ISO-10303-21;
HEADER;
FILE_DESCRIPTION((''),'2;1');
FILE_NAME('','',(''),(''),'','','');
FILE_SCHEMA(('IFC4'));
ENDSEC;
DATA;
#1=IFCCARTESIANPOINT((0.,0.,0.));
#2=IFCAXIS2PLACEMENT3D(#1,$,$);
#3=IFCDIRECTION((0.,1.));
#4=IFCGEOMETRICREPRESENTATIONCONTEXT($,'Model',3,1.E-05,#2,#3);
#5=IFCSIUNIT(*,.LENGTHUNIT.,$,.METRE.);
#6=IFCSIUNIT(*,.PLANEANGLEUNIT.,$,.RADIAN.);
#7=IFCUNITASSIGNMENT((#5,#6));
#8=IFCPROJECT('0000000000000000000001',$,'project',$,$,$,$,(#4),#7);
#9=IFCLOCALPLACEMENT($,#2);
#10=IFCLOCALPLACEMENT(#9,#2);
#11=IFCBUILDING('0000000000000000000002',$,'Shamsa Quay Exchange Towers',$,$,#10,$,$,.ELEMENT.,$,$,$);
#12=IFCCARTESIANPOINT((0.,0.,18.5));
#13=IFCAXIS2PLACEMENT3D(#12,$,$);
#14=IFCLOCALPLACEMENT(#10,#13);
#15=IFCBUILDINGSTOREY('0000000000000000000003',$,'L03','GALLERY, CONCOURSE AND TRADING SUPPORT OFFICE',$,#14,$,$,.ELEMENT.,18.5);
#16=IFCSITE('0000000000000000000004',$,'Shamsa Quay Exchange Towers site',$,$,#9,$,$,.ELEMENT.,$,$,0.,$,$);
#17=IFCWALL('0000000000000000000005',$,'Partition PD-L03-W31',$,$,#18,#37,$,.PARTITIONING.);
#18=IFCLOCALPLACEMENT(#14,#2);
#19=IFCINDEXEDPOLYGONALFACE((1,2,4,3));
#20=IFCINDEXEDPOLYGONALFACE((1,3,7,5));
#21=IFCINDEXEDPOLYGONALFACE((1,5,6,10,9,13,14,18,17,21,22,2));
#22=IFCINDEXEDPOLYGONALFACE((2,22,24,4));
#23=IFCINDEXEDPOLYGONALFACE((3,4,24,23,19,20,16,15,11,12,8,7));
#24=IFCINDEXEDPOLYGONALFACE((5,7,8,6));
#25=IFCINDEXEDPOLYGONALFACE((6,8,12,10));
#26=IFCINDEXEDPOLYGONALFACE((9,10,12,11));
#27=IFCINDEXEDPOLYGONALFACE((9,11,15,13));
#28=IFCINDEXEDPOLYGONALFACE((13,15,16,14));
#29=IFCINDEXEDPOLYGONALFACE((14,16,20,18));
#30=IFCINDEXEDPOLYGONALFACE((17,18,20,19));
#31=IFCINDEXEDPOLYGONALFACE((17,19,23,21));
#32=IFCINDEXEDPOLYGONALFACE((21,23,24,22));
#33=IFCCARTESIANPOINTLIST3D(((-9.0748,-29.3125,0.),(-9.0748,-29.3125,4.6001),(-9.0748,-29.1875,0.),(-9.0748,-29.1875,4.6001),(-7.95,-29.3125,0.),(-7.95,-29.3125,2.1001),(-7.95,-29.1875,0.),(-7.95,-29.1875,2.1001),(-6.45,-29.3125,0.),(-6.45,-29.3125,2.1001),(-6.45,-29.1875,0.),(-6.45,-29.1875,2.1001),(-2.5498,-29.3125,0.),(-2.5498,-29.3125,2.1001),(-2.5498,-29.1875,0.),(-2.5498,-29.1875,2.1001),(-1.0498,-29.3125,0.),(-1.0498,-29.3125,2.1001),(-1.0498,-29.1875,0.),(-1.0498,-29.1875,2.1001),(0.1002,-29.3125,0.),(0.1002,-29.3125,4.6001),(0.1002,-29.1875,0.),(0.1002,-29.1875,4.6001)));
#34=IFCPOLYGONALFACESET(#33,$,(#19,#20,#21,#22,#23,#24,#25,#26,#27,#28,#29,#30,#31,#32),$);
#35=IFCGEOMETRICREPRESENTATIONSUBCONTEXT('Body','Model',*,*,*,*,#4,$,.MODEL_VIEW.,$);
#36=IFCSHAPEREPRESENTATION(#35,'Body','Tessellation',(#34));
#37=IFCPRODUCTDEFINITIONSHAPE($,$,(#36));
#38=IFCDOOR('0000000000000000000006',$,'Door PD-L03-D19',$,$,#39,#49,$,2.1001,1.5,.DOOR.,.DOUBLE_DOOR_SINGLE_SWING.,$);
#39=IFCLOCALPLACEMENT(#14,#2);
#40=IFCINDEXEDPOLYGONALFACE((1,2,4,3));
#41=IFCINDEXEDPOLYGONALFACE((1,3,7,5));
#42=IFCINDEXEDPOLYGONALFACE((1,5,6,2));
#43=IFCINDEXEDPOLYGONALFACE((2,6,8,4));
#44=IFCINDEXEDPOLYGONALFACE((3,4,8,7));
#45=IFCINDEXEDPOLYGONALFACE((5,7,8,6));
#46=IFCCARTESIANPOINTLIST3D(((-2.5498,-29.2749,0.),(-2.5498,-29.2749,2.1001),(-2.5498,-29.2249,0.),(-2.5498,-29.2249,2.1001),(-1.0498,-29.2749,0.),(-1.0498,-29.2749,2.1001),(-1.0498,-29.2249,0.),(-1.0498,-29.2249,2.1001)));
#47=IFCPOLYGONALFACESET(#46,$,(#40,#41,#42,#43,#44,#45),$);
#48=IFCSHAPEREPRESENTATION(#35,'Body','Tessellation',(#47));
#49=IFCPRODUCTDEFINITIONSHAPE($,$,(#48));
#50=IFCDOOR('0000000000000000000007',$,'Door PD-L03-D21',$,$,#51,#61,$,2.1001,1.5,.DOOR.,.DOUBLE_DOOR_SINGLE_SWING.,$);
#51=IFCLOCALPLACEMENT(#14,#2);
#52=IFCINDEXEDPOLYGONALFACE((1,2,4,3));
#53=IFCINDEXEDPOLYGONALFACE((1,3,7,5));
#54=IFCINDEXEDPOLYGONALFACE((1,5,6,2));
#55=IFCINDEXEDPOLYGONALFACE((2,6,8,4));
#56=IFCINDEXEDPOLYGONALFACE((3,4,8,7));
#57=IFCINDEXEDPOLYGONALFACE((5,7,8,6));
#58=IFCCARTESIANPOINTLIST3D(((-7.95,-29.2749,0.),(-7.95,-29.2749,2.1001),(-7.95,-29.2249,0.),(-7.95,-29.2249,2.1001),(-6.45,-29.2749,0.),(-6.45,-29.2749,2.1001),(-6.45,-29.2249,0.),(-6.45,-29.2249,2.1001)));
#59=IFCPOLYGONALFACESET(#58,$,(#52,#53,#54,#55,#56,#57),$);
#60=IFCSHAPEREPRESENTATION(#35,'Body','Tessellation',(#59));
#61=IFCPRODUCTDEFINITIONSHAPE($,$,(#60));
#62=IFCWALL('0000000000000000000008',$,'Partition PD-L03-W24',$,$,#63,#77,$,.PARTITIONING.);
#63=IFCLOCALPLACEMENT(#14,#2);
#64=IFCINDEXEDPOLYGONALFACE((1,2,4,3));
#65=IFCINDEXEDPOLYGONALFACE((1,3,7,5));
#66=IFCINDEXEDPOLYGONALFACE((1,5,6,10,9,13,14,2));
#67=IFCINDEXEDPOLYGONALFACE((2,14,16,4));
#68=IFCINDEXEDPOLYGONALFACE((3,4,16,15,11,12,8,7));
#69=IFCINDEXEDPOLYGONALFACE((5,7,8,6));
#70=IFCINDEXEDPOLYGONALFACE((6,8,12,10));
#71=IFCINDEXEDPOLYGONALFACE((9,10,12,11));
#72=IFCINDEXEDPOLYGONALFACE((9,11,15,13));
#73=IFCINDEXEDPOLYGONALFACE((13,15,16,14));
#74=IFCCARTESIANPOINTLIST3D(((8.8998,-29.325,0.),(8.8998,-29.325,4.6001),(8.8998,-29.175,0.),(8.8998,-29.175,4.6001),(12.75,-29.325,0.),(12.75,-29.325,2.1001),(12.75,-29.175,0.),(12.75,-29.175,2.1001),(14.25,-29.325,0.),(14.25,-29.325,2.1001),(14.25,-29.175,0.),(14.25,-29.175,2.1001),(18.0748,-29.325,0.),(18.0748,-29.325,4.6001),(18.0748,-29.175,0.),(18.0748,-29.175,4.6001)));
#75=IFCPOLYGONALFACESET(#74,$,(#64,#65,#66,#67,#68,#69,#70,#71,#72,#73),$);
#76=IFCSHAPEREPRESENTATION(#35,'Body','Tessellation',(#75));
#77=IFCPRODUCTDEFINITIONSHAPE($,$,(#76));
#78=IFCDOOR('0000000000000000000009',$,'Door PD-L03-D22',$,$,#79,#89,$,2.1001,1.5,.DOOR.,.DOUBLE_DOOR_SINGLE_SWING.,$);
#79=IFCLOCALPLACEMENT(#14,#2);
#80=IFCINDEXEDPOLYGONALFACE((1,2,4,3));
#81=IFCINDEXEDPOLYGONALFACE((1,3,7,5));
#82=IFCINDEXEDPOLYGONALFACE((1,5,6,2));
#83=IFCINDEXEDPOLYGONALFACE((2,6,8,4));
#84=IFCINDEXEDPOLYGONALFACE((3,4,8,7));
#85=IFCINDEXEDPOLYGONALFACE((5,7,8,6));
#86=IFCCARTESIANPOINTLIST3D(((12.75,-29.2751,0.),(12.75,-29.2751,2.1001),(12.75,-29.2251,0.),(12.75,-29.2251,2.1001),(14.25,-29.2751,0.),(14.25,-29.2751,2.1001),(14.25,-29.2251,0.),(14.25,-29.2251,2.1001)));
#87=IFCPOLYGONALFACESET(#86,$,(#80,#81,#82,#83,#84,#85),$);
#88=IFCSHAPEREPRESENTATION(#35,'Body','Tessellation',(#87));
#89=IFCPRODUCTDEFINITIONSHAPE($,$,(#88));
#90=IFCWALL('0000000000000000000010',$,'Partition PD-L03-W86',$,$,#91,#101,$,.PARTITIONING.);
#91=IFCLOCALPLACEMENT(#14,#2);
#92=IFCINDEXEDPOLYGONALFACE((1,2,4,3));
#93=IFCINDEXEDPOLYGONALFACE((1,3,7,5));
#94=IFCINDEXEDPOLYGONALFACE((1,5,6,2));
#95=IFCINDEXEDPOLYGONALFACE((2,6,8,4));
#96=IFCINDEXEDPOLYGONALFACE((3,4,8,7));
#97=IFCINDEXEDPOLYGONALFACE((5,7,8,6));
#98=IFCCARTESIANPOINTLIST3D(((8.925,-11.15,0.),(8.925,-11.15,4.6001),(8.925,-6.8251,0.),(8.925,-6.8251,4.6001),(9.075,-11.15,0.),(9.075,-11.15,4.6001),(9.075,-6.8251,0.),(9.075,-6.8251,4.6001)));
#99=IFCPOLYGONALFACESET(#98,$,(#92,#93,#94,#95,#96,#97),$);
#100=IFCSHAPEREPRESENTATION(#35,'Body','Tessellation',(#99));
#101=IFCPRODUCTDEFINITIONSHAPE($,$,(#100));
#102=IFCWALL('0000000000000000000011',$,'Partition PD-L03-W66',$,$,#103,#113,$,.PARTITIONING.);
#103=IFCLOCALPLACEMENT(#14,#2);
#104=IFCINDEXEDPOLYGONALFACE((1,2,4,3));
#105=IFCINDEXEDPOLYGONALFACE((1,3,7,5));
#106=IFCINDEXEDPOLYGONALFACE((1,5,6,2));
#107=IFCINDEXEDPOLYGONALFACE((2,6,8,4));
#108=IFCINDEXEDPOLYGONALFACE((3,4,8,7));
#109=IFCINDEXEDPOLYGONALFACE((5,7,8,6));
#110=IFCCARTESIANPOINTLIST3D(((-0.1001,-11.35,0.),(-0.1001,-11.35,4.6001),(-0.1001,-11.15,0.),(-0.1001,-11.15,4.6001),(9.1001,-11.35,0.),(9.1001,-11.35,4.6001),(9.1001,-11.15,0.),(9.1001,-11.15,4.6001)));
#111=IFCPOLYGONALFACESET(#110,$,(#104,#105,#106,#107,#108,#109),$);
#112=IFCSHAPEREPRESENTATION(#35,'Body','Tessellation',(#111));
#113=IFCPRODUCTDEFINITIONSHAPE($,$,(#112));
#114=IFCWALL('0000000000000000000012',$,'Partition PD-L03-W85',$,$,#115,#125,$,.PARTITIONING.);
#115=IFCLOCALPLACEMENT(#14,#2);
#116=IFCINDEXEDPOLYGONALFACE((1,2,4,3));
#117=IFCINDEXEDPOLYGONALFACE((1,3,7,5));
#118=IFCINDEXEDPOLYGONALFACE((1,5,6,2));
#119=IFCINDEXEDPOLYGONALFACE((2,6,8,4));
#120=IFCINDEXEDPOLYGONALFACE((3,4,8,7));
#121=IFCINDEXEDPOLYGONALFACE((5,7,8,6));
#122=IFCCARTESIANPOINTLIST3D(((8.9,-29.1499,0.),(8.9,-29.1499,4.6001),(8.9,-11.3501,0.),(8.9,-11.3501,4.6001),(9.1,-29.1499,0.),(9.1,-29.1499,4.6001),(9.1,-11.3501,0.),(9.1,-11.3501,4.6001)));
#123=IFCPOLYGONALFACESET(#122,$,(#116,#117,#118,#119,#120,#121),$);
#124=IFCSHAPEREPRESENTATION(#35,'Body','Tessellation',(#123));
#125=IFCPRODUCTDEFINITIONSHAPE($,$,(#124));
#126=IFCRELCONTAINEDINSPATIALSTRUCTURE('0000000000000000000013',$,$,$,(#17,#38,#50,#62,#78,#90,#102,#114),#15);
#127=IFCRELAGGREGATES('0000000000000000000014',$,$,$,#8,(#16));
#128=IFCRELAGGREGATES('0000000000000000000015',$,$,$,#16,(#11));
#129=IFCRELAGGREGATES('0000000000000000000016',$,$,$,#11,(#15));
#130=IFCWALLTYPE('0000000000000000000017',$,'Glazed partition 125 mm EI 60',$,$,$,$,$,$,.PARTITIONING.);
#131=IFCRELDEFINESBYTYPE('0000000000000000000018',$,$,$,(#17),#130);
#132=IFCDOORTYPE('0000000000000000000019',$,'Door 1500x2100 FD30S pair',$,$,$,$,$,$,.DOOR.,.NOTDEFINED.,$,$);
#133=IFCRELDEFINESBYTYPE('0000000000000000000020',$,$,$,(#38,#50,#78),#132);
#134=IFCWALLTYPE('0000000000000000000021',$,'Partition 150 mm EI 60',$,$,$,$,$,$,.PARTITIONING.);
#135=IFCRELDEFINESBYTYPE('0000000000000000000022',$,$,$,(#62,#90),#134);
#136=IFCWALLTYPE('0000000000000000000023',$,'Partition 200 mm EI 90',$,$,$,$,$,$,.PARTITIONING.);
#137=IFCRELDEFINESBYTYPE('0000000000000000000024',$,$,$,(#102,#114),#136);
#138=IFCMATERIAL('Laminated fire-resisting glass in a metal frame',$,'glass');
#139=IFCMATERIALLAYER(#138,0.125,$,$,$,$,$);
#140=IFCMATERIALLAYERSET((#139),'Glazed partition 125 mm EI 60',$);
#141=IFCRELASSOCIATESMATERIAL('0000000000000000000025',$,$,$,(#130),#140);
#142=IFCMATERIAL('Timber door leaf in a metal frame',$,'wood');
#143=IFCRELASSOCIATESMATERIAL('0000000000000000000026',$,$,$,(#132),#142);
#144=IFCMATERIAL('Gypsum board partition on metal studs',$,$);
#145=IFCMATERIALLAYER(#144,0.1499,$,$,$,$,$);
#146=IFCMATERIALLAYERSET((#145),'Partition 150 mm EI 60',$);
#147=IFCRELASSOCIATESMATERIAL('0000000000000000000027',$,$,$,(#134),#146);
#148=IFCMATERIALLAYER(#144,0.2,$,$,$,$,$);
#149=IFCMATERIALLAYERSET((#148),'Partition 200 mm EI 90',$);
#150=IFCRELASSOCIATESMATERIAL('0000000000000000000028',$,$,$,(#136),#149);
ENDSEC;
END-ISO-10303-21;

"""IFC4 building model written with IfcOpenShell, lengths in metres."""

from ifc_helpers import new_model, si_unit, direction, frame, frame_2d, origin, place, context, subcontext, project, spatial, rectangle, extrude, material, layer, layer_set, type_object, element, fill, save


model = new_model("IFC4")

# Units and contexts
model_context = context("Model", 3, precision=1e-05, world=origin(), true_north=direction((0.0, 1.0)))
body_context = subcontext(model_context, "Body", "Model", "MODEL_VIEW")
ifc_project = project(units=[si_unit("LENGTHUNIT", "METRE"), si_unit("PLANEANGLEUNIT", "RADIAN")], contexts=[model_context])

# Site, building, storey
site_placement = place(None, origin())
site = spatial("IfcSite", under=ifc_project, at=site_placement, Name="Shamsa Quay Exchange Towers site", CompositionType="ELEMENT", RefElevation=0.0)
building_placement = place(site_placement, origin())
building = spatial("IfcBuilding", under=site, at=building_placement, Name="Shamsa Quay Exchange Towers", CompositionType="ELEMENT")
storey_placement = place(building_placement, frame((0.0, 0.0, 18.5)))
storey = spatial("IfcBuildingStorey", under=building, at=storey_placement, Name="L03", Description="GALLERY, CONCOURSE AND TRADING SUPPORT OFFICE", CompositionType="ELEMENT", Elevation=18.5)

# Wall, openings, doors
ifc_material_1 = material(Name="Laminated fire-resisting glass in a metal frame", Category="glass")
ifc_layer_1 = layer(ifc_material_1, 0.125)
ifc_layer_set_1 = layer_set([ifc_layer_1], Name="Glazed partition 125 mm EI 60")
wall_type_1 = type_object("IfcWallType", Name="Glazed partition 125 mm EI 60", PredefinedType="PARTITIONING", material=ifc_layer_set_1)
wall_1_placement = place(storey_placement, frame((0.1001, -29.25, 0.0), z_axis=(0.0, 0.0, 1.0), x_axis=(-1.0, 0.0, 0.0)))
wall_1 = element("IfcWall", 1, at=wall_1_placement, inside=storey, type_object=wall_type_1, Name="Partition PD-L03-W31", PredefinedType="PARTITIONING", context=body_context, shape_type="SweptSolid", body=[
    extrude(rectangle(XDim=9.175, YDim=0.125, at=frame_2d((4.5874, 0.0))), origin(), (0.0, 0.0, 1.0), 4.6001),
])
opening_1_placement = place(wall_1_placement, frame((1.1499, 0.0, 0.0)))
opening_1 = element("IfcOpeningElement", 2, at=opening_1_placement, cuts=wall_1, PredefinedType="OPENING", context=body_context, shape_type="SweptSolid", body=[
    extrude(rectangle(XDim=1.5, YDim=2.1001, at=frame_2d((0.75, 1.05))), frame((0.0, 0.0725, 0.0), z_axis=(0.0, -1.0, 0.0), x_axis=(1.0, 0.0, 0.0)), (0.0, 0.0, 1.0), 0.145),
])
opening_2_placement = place(wall_1_placement, frame((6.55, 0.0, 0.0)))
opening_2 = element("IfcOpeningElement", 3, at=opening_2_placement, cuts=wall_1, PredefinedType="OPENING", context=body_context, shape_type="SweptSolid", body=[
    extrude(rectangle(XDim=1.5, YDim=2.1001, at=frame_2d((0.75, 1.05))), frame((0.0, 0.0725, 0.0), z_axis=(0.0, -1.0, 0.0), x_axis=(1.0, 0.0, 0.0)), (0.0, 0.0, 1.0), 0.145),
])
ifc_material_2 = material(Name="Timber door leaf in a metal frame", Category="wood")
door_type = type_object("IfcDoorType", Name="Door 1500x2100 FD30S pair", OperationType="NOTDEFINED", PredefinedType="DOOR", material=ifc_material_2)
door_1_placement = place(opening_1_placement, origin())
door_1 = element("IfcDoor", 4, at=door_1_placement, inside=storey, type_object=door_type, Name="Door PD-L03-D19", OperationType="DOUBLE_DOOR_SINGLE_SWING", OverallHeight=2.1001, OverallWidth=1.5, PredefinedType="DOOR", context=body_context, shape_type="SweptSolid", body=[
    extrude(rectangle(XDim=1.5, YDim=2.1001, at=frame_2d((0.75, 1.05))), frame((0.0, 0.0249, 0.0), z_axis=(0.0, -1.0, 0.0), x_axis=(1.0, 0.0, 0.0)), (0.0, 0.0, 1.0), 0.05),
])
fill(opening_1, door_1)
door_2_placement = place(opening_2_placement, origin())
door_2 = element("IfcDoor", 5, at=door_2_placement, inside=storey, type_object=door_type, Name="Door PD-L03-D21", OperationType="DOUBLE_DOOR_SINGLE_SWING", OverallHeight=2.1001, OverallWidth=1.5, PredefinedType="DOOR", context=body_context, shape_type="SweptSolid", body=[
    extrude(rectangle(XDim=1.5, YDim=2.1001, at=frame_2d((0.75, 1.05))), frame((0.0, 0.0249, 0.0), z_axis=(0.0, -1.0, 0.0), x_axis=(1.0, 0.0, 0.0)), (0.0, 0.0, 1.0), 0.05),
])
fill(opening_2, door_2)

# Wall, opening, door
ifc_material_3 = material(Name="Gypsum board partition on metal studs")
ifc_layer_2 = layer(ifc_material_3, 0.1499)
ifc_layer_set_2 = layer_set([ifc_layer_2], Name="Partition 150 mm EI 60")
wall_type_2 = type_object("IfcWallType", Name="Partition 150 mm EI 60", PredefinedType="PARTITIONING", material=ifc_layer_set_2)
wall_2_placement = place(storey_placement, frame((8.8999, -29.25, 0.0)))
wall_2 = element("IfcWall", 6, at=wall_2_placement, inside=storey, type_object=wall_type_2, Name="Partition PD-L03-W24", PredefinedType="PARTITIONING", context=body_context, shape_type="SweptSolid", body=[
    extrude(rectangle(XDim=9.175, YDim=0.1499, at=frame_2d((4.5874, 0.0))), origin(), (0.0, 0.0, 1.0), 4.6001),
])
opening_3_placement = place(wall_2_placement, frame((3.8501, 0.0, 0.0)))
opening_3 = element("IfcOpeningElement", 7, at=opening_3_placement, cuts=wall_2, PredefinedType="OPENING", context=body_context, shape_type="SweptSolid", body=[
    extrude(rectangle(XDim=1.5, YDim=2.1001, at=frame_2d((0.75, 1.05))), frame((0.0, 0.085, 0.0), z_axis=(0.0, -1.0, 0.0), x_axis=(1.0, 0.0, 0.0)), (0.0, 0.0, 1.0), 0.1699),
])
door_3_placement = place(opening_3_placement, origin())
door_3 = element("IfcDoor", 8, at=door_3_placement, inside=storey, type_object=door_type, Name="Door PD-L03-D22", OperationType="DOUBLE_DOOR_SINGLE_SWING", OverallHeight=2.1001, OverallWidth=1.5, PredefinedType="DOOR", context=body_context, shape_type="SweptSolid", body=[
    extrude(rectangle(XDim=1.5, YDim=2.1001, at=frame_2d((0.75, 1.05))), frame((0.0, 0.0249, 0.0), z_axis=(0.0, -1.0, 0.0), x_axis=(1.0, 0.0, 0.0)), (0.0, 0.0, 1.0), 0.05),
])
fill(opening_3, door_3)

# Walls
wall_3_placement = place(storey_placement, frame((9.0, -6.825, 0.0), z_axis=(0.0, 0.0, 1.0), x_axis=(0.0, -1.0, 0.0)))
element("IfcWall", 9, at=wall_3_placement, inside=storey, type_object=wall_type_2, Name="Partition PD-L03-W86", PredefinedType="PARTITIONING", context=body_context, shape_type="SweptSolid", body=[
    extrude(rectangle(XDim=4.325, YDim=0.1499, at=frame_2d((2.1626, 0.0))), origin(), (0.0, 0.0, 1.0), 4.6001),
])
ifc_layer_3 = layer(ifc_material_3, 0.2)
ifc_layer_set_3 = layer_set([ifc_layer_3], Name="Partition 200 mm EI 90")
wall_type_3 = type_object("IfcWallType", Name="Partition 200 mm EI 90", PredefinedType="PARTITIONING", material=ifc_layer_set_3)
wall_4_placement = place(storey_placement, frame((9.1001, -11.25, 0.0), z_axis=(0.0, 0.0, 1.0), x_axis=(-1.0, 0.0, 0.0)))
element("IfcWall", 10, at=wall_4_placement, inside=storey, type_object=wall_type_3, Name="Partition PD-L03-W66", PredefinedType="PARTITIONING", context=body_context, shape_type="SweptSolid", body=[
    extrude(rectangle(XDim=9.2002, YDim=0.2, at=frame_2d((4.6001, 0.0))), origin(), (0.0, 0.0, 1.0), 4.6001),
])
wall_5_placement = place(storey_placement, frame((9.0, -11.3501, 0.0), z_axis=(0.0, 0.0, 1.0), x_axis=(0.0, -1.0, 0.0)))
element("IfcWall", 11, at=wall_5_placement, inside=storey, type_object=wall_type_3, Name="Partition PD-L03-W85", PredefinedType="PARTITIONING", context=body_context, shape_type="SweptSolid", body=[
    extrude(rectangle(XDim=17.7998, YDim=0.2, at=frame_2d((8.8999, 0.0))), origin(), (0.0, 0.0, 1.0), 4.6001),
])

save(model, "model.ifc")
